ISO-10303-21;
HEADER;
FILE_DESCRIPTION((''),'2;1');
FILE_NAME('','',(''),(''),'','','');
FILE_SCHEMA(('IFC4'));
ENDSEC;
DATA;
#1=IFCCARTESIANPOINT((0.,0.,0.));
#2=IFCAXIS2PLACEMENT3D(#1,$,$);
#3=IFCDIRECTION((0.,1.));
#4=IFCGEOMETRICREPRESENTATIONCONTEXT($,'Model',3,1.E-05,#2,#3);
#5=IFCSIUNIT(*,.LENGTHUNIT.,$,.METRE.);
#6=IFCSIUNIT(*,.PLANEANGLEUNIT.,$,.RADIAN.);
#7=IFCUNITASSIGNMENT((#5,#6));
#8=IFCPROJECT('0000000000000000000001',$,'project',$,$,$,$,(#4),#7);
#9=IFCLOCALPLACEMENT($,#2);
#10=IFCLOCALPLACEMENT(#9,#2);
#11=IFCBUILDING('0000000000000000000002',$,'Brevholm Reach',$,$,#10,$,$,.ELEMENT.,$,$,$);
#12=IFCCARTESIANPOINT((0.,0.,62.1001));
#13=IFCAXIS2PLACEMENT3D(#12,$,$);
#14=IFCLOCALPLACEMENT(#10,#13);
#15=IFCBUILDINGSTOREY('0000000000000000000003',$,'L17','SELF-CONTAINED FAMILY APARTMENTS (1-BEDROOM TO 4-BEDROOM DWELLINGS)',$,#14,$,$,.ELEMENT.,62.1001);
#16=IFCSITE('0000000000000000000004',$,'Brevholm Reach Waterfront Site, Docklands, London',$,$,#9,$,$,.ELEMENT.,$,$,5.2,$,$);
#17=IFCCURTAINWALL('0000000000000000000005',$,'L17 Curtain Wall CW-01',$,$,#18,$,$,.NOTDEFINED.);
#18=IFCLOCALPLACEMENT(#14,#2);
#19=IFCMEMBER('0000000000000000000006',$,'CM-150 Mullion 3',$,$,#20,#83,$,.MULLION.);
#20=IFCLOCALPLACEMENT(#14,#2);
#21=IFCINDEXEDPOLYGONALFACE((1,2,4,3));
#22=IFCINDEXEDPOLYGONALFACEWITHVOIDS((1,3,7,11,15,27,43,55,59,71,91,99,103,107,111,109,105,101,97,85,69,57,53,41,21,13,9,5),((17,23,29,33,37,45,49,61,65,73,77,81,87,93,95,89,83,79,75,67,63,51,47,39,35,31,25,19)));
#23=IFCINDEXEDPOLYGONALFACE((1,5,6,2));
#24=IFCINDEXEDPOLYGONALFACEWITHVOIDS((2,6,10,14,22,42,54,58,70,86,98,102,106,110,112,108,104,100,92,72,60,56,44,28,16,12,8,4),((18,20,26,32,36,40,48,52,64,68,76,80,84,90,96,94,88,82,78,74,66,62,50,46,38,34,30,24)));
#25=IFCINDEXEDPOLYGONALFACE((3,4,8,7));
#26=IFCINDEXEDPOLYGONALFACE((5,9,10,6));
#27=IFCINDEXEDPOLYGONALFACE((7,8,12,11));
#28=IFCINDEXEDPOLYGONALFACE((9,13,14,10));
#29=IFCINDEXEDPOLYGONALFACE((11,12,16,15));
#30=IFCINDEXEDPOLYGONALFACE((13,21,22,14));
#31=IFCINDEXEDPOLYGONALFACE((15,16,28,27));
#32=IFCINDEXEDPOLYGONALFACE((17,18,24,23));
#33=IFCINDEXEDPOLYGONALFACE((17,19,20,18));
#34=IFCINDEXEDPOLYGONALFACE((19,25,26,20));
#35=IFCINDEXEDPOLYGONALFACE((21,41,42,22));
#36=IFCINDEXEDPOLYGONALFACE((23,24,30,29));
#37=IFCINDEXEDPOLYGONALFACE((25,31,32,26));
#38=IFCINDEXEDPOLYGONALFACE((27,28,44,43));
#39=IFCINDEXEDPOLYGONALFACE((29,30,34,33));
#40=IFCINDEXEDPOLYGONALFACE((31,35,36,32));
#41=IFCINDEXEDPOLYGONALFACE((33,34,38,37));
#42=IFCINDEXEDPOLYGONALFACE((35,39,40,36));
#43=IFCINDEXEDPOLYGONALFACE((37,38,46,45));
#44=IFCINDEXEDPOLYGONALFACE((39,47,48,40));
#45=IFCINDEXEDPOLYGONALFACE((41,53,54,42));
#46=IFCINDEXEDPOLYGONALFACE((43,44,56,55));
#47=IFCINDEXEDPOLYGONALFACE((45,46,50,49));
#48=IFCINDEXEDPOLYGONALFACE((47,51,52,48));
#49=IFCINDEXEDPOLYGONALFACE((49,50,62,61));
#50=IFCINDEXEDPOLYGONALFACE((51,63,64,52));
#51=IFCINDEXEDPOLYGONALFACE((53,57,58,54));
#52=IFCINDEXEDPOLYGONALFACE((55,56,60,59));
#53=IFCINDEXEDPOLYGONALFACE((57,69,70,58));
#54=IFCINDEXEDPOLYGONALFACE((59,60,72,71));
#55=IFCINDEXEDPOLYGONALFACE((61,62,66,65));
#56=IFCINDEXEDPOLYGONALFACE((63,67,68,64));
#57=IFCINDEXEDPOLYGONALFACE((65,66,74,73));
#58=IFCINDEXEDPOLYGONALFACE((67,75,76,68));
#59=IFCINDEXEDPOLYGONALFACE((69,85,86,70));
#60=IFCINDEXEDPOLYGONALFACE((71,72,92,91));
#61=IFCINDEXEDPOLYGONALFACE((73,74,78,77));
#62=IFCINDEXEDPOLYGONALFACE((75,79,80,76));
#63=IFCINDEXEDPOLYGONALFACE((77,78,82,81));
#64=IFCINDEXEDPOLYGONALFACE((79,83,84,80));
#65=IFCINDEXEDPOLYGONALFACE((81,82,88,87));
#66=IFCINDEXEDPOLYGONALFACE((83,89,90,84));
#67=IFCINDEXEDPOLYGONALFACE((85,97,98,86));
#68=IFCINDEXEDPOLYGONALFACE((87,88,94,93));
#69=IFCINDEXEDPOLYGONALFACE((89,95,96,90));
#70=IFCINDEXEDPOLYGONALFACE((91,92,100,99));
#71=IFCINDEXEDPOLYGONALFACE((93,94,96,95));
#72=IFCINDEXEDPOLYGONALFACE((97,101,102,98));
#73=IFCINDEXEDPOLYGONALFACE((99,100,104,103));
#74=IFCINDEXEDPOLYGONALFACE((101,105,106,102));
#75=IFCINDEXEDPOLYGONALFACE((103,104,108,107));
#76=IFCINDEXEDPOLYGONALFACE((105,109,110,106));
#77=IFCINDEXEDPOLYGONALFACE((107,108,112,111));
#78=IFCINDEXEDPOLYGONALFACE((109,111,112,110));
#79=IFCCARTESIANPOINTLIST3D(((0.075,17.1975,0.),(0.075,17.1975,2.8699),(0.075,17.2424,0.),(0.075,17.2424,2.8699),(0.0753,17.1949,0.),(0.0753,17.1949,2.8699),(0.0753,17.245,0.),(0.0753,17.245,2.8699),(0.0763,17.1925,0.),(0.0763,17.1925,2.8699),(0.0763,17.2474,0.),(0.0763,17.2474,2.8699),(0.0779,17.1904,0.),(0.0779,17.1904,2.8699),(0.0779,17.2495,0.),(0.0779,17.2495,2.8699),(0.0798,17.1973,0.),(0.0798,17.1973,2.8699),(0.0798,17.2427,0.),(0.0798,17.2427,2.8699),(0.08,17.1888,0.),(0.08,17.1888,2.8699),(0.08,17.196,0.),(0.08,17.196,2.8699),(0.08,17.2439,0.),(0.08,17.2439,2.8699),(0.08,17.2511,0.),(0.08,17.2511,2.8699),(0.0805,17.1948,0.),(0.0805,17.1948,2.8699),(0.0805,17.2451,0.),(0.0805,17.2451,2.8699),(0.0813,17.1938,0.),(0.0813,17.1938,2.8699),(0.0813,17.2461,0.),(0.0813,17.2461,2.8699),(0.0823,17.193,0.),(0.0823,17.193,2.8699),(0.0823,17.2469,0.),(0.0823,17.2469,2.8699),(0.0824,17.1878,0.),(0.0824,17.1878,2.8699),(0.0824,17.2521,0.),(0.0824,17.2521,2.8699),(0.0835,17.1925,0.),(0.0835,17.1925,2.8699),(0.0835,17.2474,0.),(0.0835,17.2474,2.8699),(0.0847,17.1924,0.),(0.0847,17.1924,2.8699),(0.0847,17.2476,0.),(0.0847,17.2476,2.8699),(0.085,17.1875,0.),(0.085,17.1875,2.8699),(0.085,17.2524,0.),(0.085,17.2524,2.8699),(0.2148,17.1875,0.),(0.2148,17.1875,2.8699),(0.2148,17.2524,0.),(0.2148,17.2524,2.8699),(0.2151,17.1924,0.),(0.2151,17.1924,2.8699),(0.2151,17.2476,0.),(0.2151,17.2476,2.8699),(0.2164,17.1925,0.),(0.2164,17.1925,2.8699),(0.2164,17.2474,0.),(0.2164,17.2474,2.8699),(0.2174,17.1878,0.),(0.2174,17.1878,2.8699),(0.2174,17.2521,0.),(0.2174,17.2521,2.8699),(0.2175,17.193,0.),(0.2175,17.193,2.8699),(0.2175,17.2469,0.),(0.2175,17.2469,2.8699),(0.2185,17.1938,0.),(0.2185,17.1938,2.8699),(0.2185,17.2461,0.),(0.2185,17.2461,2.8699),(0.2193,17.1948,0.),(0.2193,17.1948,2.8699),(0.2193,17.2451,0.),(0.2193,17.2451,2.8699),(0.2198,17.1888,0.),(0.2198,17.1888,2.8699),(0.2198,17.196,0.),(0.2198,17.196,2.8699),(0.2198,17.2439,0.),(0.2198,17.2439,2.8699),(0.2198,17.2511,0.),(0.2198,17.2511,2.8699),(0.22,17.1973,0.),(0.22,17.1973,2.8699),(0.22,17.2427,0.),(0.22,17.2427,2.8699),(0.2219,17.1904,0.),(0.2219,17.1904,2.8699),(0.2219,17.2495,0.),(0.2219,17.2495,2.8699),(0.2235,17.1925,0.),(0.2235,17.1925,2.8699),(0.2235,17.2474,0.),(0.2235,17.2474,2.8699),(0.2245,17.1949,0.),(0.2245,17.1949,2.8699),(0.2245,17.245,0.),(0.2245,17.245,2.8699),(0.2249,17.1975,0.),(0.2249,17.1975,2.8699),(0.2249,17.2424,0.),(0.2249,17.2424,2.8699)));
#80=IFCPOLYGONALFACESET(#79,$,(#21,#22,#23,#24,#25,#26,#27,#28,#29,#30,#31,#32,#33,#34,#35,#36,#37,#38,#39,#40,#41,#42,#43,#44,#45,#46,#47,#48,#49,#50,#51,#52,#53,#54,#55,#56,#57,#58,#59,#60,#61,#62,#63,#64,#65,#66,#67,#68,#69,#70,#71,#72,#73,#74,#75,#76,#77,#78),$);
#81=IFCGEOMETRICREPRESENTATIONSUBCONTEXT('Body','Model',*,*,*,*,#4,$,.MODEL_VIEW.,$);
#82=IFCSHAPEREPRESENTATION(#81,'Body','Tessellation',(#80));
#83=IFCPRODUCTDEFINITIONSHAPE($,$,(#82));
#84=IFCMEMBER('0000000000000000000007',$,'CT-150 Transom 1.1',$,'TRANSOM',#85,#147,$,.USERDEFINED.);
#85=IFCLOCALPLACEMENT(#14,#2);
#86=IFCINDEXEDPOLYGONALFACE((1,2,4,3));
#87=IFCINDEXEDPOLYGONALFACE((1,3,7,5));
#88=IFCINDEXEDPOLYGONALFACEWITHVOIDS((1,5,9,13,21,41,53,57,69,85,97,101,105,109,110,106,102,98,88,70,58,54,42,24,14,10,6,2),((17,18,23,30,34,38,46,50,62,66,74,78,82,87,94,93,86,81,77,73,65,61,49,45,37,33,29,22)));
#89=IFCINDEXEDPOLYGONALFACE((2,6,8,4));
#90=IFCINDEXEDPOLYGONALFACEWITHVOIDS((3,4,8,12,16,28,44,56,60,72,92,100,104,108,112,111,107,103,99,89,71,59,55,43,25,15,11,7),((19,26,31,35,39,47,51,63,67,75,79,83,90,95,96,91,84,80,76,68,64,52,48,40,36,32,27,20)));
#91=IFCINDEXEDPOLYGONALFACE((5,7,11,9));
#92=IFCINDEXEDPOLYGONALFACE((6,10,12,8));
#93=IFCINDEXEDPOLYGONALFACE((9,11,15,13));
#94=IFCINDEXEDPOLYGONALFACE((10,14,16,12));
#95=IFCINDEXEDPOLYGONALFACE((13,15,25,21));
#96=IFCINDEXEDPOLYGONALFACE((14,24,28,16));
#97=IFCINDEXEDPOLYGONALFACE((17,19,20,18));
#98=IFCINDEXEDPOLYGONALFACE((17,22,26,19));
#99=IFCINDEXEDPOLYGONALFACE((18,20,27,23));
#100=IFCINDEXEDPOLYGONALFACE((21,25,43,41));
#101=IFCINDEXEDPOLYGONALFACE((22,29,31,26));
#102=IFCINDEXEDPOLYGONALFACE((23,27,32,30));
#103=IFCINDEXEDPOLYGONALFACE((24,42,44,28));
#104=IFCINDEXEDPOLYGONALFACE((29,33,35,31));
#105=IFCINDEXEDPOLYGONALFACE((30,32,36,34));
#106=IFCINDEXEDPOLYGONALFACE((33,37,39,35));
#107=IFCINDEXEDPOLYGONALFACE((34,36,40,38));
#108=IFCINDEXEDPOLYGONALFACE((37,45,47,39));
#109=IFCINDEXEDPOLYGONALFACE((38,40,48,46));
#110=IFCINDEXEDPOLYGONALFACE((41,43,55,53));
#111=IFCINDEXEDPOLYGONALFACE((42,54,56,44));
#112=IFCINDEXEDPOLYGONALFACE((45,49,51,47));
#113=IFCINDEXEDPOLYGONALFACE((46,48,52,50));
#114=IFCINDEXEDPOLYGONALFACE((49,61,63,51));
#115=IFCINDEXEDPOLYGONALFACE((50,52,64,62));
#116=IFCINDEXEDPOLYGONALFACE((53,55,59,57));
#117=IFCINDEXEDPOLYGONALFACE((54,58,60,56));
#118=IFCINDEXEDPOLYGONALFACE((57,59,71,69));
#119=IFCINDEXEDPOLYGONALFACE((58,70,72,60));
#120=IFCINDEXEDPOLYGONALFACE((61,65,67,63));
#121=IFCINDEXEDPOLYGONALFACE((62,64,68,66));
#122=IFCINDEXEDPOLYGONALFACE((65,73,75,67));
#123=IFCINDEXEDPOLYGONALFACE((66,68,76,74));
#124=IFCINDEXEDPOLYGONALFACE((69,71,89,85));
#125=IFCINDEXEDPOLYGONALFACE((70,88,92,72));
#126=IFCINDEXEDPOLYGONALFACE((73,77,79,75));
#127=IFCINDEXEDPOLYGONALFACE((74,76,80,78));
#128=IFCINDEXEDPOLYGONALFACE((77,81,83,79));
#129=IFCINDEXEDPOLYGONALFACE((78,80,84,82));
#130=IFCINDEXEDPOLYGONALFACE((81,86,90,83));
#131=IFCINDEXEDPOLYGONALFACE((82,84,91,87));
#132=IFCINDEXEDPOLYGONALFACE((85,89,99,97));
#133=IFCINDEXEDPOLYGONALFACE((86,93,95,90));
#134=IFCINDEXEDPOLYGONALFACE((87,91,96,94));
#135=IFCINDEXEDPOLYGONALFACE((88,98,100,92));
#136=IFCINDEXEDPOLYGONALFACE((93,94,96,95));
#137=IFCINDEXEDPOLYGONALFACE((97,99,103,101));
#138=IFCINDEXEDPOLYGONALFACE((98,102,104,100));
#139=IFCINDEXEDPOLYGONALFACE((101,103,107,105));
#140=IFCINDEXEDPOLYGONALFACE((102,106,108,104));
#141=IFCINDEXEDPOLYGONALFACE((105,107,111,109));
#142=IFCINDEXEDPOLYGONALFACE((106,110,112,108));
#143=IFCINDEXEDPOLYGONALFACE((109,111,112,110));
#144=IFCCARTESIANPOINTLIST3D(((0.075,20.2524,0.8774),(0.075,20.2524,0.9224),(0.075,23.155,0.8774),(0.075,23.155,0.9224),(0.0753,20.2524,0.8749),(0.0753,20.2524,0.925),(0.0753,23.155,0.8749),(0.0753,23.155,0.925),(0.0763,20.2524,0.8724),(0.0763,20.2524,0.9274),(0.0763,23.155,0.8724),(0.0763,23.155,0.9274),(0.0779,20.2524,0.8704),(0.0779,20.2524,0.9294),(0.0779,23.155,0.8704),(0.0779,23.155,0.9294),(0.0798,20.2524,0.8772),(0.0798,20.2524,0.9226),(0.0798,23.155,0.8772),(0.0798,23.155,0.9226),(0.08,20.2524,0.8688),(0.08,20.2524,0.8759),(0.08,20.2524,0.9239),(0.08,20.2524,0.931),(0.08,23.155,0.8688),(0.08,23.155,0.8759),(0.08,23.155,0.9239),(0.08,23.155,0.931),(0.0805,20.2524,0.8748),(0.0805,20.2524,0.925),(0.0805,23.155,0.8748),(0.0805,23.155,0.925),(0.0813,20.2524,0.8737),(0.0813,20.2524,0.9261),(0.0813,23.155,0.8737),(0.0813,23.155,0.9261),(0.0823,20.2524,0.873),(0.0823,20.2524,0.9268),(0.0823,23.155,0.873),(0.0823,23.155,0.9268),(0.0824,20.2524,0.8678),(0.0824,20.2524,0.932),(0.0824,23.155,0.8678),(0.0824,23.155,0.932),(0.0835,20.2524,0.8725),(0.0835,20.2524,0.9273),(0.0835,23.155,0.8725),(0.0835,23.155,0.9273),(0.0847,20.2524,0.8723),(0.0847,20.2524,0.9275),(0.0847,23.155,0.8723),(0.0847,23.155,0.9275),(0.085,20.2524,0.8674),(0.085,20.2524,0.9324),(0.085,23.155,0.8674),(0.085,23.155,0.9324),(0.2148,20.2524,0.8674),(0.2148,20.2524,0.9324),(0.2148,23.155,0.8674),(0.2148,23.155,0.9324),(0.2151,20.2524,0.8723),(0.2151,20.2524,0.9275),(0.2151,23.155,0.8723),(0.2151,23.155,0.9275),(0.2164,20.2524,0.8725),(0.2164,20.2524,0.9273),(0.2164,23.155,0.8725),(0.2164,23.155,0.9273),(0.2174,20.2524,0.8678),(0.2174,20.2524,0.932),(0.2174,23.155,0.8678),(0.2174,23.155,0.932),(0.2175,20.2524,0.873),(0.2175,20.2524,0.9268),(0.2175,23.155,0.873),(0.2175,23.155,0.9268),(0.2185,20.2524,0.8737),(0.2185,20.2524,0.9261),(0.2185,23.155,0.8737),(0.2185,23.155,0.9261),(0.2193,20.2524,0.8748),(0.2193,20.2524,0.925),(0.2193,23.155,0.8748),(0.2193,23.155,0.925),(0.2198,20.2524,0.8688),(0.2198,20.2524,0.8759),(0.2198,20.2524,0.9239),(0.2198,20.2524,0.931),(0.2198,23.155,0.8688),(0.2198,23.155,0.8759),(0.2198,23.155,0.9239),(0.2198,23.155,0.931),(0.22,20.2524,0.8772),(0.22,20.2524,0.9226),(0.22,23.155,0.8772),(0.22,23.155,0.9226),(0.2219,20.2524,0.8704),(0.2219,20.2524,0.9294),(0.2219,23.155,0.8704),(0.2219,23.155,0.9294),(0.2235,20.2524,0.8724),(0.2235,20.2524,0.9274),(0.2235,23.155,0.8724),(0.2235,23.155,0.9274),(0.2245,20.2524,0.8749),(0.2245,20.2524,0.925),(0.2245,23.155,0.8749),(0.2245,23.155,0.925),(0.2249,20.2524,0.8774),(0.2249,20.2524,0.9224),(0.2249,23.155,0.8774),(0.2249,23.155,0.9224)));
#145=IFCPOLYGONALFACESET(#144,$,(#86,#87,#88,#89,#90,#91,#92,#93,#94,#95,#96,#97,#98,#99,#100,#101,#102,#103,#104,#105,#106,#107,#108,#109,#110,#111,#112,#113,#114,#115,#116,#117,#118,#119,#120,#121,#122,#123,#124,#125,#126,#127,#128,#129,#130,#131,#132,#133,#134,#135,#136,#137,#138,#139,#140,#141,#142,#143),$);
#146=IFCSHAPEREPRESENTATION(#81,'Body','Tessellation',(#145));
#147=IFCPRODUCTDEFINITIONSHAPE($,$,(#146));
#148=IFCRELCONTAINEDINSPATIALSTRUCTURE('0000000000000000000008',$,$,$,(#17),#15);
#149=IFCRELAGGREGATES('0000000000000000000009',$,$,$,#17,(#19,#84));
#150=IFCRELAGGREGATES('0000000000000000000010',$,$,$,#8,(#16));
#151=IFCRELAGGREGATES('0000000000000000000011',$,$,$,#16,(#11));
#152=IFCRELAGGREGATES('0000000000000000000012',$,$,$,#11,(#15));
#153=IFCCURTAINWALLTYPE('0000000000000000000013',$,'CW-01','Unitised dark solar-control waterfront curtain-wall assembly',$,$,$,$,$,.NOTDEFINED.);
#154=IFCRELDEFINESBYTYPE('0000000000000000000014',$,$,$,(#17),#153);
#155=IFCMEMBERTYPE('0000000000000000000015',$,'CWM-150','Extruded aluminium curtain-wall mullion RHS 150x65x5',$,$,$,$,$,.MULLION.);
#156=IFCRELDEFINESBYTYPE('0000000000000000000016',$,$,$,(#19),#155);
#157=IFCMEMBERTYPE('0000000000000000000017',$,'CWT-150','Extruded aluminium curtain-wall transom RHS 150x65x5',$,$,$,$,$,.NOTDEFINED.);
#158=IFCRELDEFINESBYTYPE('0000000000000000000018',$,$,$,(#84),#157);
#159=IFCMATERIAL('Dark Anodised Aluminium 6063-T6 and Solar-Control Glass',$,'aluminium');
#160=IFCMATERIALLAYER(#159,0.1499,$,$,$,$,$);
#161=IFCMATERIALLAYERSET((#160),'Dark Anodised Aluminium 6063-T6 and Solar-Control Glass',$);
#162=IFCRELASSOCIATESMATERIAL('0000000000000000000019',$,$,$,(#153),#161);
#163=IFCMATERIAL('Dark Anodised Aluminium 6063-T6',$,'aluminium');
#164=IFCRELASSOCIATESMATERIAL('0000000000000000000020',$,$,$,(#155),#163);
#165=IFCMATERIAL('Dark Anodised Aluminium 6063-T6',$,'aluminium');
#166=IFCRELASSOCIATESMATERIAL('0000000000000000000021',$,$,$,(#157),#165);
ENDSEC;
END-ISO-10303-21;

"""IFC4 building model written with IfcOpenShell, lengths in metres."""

from ifc_helpers import new_model, si_unit, direction, frame, origin, origin_2d, place, context, subcontext, project, spatial, hollow_rectangle, extrude, material, layer, layer_set, material_profile, profile_set, type_object, element, aggregate, save


model = new_model("IFC4")

# Units and contexts
model_context = context("Model", 3, precision=1e-05, world=origin(), true_north=direction((0.0, 1.0)))
body_context = subcontext(model_context, "Body", "Model", "MODEL_VIEW")
ifc_project = project(units=[si_unit("LENGTHUNIT", "METRE"), si_unit("PLANEANGLEUNIT", "RADIAN")], contexts=[model_context])

# Site, building, storey
site_placement = place(None, origin())
site = spatial("IfcSite", under=ifc_project, at=site_placement, Name="Brevholm Reach Waterfront Site, Docklands, London", CompositionType="ELEMENT", RefElevation=5.2)
building_placement = place(site_placement, origin())
building = spatial("IfcBuilding", under=site, at=building_placement, Name="Brevholm Reach", CompositionType="ELEMENT")
storey_placement = place(building_placement, frame((0.0, 0.0, 62.1001)))
storey = spatial("IfcBuildingStorey", under=building, at=storey_placement, Name="L17", Description="SELF-CONTAINED FAMILY APARTMENTS (1-BEDROOM TO 4-BEDROOM DWELLINGS)", CompositionType="ELEMENT", Elevation=62.1001)

# Curtain wall, members
ifc_material_1 = material(Name="Dark Anodised Aluminium 6063-T6 and Solar-Control Glass", Category="aluminium")
ifc_layer_1 = layer(ifc_material_1, 0.1499)
ifc_layer_set_1 = layer_set([ifc_layer_1], Name="Dark Anodised Aluminium 6063-T6 and Solar-Control Glass")
curtain_wall_type = type_object("IfcCurtainWallType", Name="CW-01", Description="Unitised dark solar-control waterfront curtain-wall assembly", PredefinedType="NOTDEFINED", material=ifc_layer_set_1)
curtain_wall_placement = place(storey_placement, origin())
curtain_wall = element("IfcCurtainWall", 1, at=curtain_wall_placement, inside=storey, type_object=curtain_wall_type, Name="L17 Curtain Wall CW-01", PredefinedType="NOTDEFINED")
ifc_material_2 = material(Name="Dark Anodised Aluminium 6063-T6", Category="aluminium")
ifc_material_profile_1 = material_profile(ifc_material_2, hollow_rectangle(XDim=0.0649, YDim=0.1499, WallThickness=0.0049, InnerFilletRadius=0.0049, OuterFilletRadius=0.01, at=origin_2d()), Name="RHS 150x65x5")
ifc_profile_set_1 = profile_set([ifc_material_profile_1], Name="Dark Anodised Aluminium 6063-T6")
member_type_1 = type_object("IfcMemberType", Name="CWM-150", Description="Extruded aluminium curtain-wall mullion RHS 150x65x5", PredefinedType="MULLION", material=ifc_profile_set_1)
member_1_placement = place(storey_placement, frame((0.1499, 17.22, 0.0), z_axis=(0.0, 0.0, 1.0), x_axis=(0.0, -1.0, 0.0)))
member_1 = element("IfcMember", 2, at=member_1_placement, type_object=member_type_1, Name="CM-150 Mullion 3", PredefinedType="MULLION", context=body_context, shape_type="SweptSolid", body=[
    extrude(hollow_rectangle(XDim=0.0649, YDim=0.1499, WallThickness=0.0049, InnerFilletRadius=0.0049, OuterFilletRadius=0.01, at=origin_2d()), origin(), (0.0, 0.0, 1.0), 2.8699),
])
ifc_material_3 = material(Name="Dark Anodised Aluminium 6063-T6", Category="aluminium")
ifc_material_profile_2 = material_profile(ifc_material_3, hollow_rectangle(XDim=0.0649, YDim=0.1499, WallThickness=0.0049, InnerFilletRadius=0.0049, OuterFilletRadius=0.01, at=origin_2d()), Name="RHS 150x65x5")
ifc_profile_set_2 = profile_set([ifc_material_profile_2], Name="Dark Anodised Aluminium 6063-T6")
member_type_2 = type_object("IfcMemberType", Name="CWT-150", Description="Extruded aluminium curtain-wall transom RHS 150x65x5", PredefinedType="NOTDEFINED", material=ifc_profile_set_2)
member_2_placement = place(storey_placement, frame((0.1499, 23.155, 0.8999), z_axis=(0.0, -1.0, 0.0), x_axis=(0.0, 0.0, 1.0)))
member_2 = element("IfcMember", 3, at=member_2_placement, type_object=member_type_2, Name="CT-150 Transom 1.1", ObjectType="TRANSOM", PredefinedType="USERDEFINED", context=body_context, shape_type="SweptSolid", body=[
    extrude(hollow_rectangle(XDim=0.0649, YDim=0.1499, WallThickness=0.0049, InnerFilletRadius=0.0049, OuterFilletRadius=0.01, at=origin_2d()), origin(), (0.0, 0.0, 1.0), 2.9026),
])
aggregate(curtain_wall, [member_1, member_2])

save(model, "model.ifc")
